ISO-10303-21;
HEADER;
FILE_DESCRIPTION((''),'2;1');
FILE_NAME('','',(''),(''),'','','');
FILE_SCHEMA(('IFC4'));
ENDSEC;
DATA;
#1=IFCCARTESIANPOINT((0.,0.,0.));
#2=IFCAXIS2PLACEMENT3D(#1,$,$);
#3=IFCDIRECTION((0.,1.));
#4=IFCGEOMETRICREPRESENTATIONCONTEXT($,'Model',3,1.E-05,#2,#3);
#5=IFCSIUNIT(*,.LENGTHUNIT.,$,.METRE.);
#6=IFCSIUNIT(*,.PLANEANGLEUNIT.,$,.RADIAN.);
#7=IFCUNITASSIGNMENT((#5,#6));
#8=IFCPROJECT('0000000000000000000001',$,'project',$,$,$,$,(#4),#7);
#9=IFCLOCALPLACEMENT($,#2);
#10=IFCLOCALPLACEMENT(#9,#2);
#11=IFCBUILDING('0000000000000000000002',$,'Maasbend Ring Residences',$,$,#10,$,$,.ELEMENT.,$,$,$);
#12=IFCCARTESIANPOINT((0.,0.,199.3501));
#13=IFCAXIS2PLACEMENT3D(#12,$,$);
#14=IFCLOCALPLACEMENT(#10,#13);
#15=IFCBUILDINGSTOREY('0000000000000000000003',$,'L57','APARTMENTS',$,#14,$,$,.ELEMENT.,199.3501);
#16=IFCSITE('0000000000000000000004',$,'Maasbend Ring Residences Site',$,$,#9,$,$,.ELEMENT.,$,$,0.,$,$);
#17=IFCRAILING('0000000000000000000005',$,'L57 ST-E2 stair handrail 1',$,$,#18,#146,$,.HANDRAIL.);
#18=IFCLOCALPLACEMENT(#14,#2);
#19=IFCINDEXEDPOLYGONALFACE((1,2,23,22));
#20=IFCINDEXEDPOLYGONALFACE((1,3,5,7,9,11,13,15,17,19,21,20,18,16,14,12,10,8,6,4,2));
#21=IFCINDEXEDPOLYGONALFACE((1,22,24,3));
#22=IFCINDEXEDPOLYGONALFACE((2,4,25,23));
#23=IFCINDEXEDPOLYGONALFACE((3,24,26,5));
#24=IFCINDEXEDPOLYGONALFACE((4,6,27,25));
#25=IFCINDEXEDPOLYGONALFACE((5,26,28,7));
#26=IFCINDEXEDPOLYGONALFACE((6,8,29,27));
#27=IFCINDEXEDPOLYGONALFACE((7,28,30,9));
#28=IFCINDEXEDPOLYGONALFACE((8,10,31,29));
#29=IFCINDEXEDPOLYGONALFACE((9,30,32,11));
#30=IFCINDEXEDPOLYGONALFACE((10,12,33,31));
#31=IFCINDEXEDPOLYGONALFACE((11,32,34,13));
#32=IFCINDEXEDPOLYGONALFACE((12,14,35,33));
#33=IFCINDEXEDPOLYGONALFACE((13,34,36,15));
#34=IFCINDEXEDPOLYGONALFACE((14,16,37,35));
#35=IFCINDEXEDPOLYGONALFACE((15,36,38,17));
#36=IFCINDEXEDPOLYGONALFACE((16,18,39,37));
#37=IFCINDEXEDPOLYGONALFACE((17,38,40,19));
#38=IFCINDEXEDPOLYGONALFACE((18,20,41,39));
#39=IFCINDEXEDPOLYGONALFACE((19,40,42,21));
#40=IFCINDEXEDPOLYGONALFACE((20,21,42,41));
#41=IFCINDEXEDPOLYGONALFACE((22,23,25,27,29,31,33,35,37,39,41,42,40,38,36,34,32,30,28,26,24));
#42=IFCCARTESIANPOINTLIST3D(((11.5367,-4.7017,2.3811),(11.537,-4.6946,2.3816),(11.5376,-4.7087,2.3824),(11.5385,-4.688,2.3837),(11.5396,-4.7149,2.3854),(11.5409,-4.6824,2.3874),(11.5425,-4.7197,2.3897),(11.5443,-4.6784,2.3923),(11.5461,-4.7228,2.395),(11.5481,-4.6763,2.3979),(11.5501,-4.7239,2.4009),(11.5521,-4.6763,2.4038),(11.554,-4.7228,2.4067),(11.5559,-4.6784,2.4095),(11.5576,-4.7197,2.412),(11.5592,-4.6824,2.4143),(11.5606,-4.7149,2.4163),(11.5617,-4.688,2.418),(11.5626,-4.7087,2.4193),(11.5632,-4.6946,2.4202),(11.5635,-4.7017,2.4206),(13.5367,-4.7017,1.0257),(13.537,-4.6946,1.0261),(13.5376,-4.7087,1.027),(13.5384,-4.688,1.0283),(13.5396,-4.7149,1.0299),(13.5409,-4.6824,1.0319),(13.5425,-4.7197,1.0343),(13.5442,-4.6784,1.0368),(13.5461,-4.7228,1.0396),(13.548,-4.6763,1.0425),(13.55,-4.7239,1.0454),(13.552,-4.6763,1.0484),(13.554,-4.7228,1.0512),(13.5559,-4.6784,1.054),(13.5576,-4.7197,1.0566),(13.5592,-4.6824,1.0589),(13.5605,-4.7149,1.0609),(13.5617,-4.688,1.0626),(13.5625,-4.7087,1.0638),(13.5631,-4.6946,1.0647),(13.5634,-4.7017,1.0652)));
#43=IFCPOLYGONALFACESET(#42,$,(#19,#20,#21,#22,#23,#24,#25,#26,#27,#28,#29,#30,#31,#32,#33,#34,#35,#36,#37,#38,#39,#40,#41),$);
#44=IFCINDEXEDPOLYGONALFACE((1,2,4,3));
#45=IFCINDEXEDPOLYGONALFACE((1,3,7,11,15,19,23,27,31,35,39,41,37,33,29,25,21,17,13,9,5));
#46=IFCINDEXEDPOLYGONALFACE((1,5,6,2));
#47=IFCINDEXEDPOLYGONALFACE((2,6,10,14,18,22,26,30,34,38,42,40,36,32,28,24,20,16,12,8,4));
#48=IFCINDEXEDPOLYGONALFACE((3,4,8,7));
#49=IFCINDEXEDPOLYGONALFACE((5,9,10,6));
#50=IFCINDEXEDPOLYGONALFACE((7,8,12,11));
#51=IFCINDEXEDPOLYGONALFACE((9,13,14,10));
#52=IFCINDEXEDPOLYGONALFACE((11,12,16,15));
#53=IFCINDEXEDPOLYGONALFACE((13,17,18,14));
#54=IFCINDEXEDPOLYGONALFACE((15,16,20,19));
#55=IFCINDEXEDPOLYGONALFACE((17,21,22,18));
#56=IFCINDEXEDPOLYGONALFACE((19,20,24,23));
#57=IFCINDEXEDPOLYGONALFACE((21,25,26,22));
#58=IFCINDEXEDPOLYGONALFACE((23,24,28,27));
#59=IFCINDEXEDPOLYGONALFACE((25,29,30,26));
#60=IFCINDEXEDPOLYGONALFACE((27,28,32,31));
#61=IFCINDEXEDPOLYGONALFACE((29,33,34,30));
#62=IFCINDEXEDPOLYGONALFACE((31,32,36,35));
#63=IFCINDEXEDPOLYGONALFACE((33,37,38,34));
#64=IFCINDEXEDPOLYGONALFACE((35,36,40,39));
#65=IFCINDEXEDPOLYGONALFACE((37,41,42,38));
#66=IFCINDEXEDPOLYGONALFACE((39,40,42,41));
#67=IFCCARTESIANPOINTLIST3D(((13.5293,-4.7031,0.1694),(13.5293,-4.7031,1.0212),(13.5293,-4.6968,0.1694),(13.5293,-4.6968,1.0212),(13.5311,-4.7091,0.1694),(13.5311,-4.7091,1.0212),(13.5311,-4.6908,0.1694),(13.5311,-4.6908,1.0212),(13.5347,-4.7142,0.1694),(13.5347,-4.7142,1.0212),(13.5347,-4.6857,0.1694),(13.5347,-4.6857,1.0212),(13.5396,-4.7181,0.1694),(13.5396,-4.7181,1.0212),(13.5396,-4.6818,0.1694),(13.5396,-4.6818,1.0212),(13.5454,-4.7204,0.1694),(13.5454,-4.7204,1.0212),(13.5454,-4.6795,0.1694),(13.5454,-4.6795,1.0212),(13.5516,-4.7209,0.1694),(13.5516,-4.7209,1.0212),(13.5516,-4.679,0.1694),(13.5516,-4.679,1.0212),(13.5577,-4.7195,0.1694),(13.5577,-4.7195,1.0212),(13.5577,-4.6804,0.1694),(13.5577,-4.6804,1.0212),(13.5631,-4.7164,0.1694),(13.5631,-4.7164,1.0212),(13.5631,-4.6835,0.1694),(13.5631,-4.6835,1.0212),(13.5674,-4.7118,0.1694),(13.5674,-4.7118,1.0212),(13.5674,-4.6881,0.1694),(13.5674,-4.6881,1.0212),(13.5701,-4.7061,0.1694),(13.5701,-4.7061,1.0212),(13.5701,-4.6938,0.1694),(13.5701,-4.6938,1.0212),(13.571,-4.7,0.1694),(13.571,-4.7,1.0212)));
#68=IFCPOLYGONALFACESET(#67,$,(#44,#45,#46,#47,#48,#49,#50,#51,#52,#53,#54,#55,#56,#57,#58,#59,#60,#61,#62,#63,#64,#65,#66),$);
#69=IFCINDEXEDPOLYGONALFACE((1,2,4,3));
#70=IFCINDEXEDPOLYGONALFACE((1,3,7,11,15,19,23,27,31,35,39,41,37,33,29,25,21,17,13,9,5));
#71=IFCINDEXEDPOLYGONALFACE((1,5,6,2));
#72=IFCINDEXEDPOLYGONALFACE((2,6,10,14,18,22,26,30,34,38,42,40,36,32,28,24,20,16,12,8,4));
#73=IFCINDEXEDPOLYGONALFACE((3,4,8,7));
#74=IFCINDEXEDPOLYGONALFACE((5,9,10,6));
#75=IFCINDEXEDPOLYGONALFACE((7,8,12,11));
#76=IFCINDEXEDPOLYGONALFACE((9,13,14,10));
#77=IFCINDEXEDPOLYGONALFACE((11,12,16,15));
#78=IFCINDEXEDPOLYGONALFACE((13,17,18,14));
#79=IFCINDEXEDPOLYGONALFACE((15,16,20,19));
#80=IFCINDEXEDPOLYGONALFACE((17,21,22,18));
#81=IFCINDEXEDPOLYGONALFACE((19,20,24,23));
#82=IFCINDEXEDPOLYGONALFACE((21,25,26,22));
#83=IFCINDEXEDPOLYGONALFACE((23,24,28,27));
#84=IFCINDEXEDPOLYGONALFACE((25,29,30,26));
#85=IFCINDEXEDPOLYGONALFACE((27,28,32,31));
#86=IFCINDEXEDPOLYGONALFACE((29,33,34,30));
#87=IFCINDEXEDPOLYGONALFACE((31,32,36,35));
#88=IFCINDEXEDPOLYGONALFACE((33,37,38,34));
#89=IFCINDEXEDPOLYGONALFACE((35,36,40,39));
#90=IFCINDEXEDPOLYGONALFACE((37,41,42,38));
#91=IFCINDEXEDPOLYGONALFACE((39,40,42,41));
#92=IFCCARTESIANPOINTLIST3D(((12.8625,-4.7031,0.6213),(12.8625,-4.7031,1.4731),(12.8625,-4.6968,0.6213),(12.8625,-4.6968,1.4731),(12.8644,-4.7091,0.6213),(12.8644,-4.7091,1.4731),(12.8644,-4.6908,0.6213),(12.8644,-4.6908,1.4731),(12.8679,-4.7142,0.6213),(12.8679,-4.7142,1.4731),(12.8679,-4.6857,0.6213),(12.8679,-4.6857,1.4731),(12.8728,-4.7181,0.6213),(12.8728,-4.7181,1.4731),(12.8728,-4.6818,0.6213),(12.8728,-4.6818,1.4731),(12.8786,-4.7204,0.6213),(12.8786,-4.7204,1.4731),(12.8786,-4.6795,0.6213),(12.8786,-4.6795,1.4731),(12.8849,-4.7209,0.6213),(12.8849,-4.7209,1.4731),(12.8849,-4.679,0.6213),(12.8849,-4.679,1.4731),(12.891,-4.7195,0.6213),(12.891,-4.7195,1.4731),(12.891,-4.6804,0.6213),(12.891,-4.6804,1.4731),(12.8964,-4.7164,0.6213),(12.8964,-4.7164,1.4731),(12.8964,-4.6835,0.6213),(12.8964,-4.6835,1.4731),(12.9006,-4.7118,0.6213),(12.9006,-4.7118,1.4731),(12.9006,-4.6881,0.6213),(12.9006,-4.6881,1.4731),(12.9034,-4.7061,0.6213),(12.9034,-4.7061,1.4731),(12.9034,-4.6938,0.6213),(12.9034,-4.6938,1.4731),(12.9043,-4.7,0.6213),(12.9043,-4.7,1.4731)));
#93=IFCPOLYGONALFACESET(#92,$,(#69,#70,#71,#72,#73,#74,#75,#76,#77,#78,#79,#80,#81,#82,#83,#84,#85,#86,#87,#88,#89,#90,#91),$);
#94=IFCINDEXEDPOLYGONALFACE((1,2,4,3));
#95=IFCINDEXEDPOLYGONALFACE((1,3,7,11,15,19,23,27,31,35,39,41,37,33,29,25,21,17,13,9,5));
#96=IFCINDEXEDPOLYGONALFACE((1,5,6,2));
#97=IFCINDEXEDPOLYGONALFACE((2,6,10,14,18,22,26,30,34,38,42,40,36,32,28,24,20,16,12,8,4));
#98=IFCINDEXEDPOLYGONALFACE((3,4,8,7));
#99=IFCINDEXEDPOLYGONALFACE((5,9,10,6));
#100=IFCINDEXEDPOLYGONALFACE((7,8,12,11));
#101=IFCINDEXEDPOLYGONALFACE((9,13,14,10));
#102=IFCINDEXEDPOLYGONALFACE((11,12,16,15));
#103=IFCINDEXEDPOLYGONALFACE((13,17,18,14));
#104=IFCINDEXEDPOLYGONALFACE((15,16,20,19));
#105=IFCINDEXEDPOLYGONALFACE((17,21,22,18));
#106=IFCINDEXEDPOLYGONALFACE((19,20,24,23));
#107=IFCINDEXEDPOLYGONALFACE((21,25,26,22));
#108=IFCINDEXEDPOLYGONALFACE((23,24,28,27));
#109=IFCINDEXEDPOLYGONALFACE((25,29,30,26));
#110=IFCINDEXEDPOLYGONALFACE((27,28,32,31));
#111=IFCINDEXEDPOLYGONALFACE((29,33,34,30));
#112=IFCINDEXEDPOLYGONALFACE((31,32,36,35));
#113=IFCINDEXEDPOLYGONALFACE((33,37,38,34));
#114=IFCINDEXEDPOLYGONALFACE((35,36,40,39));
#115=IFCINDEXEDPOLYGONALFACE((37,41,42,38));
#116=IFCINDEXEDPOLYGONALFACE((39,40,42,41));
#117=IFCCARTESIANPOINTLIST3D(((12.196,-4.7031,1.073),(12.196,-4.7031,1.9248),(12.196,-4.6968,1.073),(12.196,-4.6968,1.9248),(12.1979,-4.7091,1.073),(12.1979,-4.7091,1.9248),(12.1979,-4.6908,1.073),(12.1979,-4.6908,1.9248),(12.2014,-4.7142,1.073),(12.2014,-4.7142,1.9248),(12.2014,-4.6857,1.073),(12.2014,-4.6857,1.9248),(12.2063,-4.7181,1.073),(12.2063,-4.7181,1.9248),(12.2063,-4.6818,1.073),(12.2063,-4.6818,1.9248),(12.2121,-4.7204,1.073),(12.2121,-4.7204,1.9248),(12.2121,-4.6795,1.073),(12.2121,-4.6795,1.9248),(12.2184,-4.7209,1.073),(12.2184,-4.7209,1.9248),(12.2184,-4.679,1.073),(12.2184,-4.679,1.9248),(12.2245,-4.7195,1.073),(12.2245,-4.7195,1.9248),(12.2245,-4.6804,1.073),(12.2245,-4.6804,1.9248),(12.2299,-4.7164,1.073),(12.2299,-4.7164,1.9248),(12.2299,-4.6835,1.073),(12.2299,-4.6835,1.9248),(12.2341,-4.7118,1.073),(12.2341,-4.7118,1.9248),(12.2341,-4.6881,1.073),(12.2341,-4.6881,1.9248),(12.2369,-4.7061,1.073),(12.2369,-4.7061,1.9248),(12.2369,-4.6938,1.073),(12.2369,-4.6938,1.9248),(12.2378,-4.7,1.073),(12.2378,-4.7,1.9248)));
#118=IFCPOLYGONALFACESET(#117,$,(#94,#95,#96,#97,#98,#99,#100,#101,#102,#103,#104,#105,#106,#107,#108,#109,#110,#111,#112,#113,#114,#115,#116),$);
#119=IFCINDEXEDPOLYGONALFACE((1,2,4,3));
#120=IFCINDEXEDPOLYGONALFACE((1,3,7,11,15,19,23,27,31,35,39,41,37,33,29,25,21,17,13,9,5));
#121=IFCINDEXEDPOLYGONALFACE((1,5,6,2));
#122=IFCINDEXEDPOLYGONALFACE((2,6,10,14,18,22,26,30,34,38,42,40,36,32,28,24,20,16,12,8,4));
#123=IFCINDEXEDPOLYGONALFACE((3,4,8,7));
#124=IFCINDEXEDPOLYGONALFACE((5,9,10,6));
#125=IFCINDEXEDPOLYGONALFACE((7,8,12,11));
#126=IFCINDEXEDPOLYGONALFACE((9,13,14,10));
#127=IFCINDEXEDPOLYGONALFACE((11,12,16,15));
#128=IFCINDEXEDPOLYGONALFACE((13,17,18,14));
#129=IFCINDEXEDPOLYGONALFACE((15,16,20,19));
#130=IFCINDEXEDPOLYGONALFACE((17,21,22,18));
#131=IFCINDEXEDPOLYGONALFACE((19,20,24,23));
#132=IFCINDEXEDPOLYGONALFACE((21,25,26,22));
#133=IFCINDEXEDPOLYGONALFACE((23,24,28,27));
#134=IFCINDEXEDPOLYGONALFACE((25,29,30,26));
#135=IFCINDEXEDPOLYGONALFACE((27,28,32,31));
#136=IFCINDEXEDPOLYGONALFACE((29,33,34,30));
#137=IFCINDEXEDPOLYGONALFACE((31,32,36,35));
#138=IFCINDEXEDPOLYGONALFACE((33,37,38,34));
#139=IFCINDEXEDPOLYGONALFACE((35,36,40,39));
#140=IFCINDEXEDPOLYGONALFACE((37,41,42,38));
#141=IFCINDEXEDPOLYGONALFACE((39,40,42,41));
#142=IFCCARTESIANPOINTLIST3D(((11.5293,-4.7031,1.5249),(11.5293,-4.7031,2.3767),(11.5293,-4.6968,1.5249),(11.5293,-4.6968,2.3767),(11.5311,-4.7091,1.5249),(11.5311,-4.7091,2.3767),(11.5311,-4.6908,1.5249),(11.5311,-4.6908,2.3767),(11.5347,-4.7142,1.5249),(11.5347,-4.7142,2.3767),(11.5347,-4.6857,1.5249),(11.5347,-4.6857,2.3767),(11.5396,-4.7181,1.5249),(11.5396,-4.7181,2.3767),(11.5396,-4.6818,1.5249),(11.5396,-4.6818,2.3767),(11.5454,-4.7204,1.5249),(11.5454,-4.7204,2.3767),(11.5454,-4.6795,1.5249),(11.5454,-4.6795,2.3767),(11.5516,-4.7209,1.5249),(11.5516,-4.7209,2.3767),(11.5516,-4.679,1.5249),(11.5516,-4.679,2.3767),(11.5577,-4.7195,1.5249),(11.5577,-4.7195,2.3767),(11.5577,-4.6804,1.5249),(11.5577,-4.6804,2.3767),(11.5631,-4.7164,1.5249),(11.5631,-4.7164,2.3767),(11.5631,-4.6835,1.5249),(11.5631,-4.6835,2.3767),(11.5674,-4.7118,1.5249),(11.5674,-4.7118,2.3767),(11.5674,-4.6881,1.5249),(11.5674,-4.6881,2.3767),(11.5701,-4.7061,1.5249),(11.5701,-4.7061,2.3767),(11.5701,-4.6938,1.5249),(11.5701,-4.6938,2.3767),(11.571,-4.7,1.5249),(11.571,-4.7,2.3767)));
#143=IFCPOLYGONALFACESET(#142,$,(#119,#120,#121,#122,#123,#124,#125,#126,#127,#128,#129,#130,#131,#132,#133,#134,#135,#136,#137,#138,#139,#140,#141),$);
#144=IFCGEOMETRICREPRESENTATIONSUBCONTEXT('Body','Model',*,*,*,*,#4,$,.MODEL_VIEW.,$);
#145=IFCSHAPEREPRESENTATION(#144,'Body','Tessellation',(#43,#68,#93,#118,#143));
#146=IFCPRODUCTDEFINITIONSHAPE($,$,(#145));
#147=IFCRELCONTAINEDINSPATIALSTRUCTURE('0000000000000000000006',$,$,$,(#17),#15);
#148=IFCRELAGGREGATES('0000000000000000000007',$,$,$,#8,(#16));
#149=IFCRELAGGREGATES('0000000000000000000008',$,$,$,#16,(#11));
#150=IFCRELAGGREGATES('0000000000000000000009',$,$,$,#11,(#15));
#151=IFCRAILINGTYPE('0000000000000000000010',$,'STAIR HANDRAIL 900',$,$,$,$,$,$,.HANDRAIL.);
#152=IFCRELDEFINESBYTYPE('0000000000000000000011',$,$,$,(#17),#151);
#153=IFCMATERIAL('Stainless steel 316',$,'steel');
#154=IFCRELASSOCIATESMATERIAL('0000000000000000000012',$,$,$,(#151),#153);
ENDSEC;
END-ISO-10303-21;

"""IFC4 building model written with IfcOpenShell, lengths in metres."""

from ifc_helpers import new_model, si_unit, direction, frame, origin, origin_2d, place, context, subcontext, project, spatial, circle, extrude, material, type_object, element, save


model = new_model("IFC4")

# Units and contexts
model_context = context("Model", 3, precision=1e-05, world=origin(), true_north=direction((0.0, 1.0)))
body_context = subcontext(model_context, "Body", "Model", "MODEL_VIEW")
ifc_project = project(units=[si_unit("LENGTHUNIT", "METRE"), si_unit("PLANEANGLEUNIT", "RADIAN")], contexts=[model_context])

# Site, building, storey
site_placement = place(None, origin())
site = spatial("IfcSite", under=ifc_project, at=site_placement, Name="Maasbend Ring Residences Site", CompositionType="ELEMENT", RefElevation=0.0)
building_placement = place(site_placement, origin())
building = spatial("IfcBuilding", under=site, at=building_placement, Name="Maasbend Ring Residences", CompositionType="ELEMENT")
storey_placement = place(building_placement, frame((0.0, 0.0, 199.3501)))
storey = spatial("IfcBuildingStorey", under=building, at=storey_placement, Name="L57", Description="APARTMENTS", CompositionType="ELEMENT", Elevation=199.3501)

# Railing
ifc_material_1 = material(Name="Stainless steel 316", Category="steel")
railing_type_1 = type_object("IfcRailingType", Name="STAIR HANDRAIL 900", PredefinedType="HANDRAIL", material=ifc_material_1)
railing_1_placement = place(storey_placement, frame((13.55, -4.7, 0.1694)))
element("IfcRailing", 1, at=railing_1_placement, inside=storey, type_object=railing_type_1, Name="L57 ST-E2 stair handrail 1", PredefinedType="HANDRAIL", context=body_context, shape_type="SweptSolid", body=[
    extrude(circle(Radius=0.0239, at=origin_2d()), frame((0.0, 0.0, 0.876), z_axis=(-0.827798, 0.0, 0.561027), x_axis=(0.0, -1.0, 0.0)), (0.0, 0.0, 1.0), 2.416),
    extrude(circle(Radius=0.021, at=origin_2d()), origin(), (0.0, 0.0, 1.0), 0.8518),
    extrude(circle(Radius=0.021, at=origin_2d()), frame((-0.6667, 0.0, 0.4519)), (0.0, 0.0, 1.0), 0.8518),
    extrude(circle(Radius=0.021, at=origin_2d()), frame((-1.3333, 0.0, 0.9036)), (0.0, 0.0, 1.0), 0.8518),
    extrude(circle(Radius=0.021, at=origin_2d()), frame((-2.0, 0.0, 1.3555)), (0.0, 0.0, 1.0), 0.8518),
])

save(model, "model.ifc")
